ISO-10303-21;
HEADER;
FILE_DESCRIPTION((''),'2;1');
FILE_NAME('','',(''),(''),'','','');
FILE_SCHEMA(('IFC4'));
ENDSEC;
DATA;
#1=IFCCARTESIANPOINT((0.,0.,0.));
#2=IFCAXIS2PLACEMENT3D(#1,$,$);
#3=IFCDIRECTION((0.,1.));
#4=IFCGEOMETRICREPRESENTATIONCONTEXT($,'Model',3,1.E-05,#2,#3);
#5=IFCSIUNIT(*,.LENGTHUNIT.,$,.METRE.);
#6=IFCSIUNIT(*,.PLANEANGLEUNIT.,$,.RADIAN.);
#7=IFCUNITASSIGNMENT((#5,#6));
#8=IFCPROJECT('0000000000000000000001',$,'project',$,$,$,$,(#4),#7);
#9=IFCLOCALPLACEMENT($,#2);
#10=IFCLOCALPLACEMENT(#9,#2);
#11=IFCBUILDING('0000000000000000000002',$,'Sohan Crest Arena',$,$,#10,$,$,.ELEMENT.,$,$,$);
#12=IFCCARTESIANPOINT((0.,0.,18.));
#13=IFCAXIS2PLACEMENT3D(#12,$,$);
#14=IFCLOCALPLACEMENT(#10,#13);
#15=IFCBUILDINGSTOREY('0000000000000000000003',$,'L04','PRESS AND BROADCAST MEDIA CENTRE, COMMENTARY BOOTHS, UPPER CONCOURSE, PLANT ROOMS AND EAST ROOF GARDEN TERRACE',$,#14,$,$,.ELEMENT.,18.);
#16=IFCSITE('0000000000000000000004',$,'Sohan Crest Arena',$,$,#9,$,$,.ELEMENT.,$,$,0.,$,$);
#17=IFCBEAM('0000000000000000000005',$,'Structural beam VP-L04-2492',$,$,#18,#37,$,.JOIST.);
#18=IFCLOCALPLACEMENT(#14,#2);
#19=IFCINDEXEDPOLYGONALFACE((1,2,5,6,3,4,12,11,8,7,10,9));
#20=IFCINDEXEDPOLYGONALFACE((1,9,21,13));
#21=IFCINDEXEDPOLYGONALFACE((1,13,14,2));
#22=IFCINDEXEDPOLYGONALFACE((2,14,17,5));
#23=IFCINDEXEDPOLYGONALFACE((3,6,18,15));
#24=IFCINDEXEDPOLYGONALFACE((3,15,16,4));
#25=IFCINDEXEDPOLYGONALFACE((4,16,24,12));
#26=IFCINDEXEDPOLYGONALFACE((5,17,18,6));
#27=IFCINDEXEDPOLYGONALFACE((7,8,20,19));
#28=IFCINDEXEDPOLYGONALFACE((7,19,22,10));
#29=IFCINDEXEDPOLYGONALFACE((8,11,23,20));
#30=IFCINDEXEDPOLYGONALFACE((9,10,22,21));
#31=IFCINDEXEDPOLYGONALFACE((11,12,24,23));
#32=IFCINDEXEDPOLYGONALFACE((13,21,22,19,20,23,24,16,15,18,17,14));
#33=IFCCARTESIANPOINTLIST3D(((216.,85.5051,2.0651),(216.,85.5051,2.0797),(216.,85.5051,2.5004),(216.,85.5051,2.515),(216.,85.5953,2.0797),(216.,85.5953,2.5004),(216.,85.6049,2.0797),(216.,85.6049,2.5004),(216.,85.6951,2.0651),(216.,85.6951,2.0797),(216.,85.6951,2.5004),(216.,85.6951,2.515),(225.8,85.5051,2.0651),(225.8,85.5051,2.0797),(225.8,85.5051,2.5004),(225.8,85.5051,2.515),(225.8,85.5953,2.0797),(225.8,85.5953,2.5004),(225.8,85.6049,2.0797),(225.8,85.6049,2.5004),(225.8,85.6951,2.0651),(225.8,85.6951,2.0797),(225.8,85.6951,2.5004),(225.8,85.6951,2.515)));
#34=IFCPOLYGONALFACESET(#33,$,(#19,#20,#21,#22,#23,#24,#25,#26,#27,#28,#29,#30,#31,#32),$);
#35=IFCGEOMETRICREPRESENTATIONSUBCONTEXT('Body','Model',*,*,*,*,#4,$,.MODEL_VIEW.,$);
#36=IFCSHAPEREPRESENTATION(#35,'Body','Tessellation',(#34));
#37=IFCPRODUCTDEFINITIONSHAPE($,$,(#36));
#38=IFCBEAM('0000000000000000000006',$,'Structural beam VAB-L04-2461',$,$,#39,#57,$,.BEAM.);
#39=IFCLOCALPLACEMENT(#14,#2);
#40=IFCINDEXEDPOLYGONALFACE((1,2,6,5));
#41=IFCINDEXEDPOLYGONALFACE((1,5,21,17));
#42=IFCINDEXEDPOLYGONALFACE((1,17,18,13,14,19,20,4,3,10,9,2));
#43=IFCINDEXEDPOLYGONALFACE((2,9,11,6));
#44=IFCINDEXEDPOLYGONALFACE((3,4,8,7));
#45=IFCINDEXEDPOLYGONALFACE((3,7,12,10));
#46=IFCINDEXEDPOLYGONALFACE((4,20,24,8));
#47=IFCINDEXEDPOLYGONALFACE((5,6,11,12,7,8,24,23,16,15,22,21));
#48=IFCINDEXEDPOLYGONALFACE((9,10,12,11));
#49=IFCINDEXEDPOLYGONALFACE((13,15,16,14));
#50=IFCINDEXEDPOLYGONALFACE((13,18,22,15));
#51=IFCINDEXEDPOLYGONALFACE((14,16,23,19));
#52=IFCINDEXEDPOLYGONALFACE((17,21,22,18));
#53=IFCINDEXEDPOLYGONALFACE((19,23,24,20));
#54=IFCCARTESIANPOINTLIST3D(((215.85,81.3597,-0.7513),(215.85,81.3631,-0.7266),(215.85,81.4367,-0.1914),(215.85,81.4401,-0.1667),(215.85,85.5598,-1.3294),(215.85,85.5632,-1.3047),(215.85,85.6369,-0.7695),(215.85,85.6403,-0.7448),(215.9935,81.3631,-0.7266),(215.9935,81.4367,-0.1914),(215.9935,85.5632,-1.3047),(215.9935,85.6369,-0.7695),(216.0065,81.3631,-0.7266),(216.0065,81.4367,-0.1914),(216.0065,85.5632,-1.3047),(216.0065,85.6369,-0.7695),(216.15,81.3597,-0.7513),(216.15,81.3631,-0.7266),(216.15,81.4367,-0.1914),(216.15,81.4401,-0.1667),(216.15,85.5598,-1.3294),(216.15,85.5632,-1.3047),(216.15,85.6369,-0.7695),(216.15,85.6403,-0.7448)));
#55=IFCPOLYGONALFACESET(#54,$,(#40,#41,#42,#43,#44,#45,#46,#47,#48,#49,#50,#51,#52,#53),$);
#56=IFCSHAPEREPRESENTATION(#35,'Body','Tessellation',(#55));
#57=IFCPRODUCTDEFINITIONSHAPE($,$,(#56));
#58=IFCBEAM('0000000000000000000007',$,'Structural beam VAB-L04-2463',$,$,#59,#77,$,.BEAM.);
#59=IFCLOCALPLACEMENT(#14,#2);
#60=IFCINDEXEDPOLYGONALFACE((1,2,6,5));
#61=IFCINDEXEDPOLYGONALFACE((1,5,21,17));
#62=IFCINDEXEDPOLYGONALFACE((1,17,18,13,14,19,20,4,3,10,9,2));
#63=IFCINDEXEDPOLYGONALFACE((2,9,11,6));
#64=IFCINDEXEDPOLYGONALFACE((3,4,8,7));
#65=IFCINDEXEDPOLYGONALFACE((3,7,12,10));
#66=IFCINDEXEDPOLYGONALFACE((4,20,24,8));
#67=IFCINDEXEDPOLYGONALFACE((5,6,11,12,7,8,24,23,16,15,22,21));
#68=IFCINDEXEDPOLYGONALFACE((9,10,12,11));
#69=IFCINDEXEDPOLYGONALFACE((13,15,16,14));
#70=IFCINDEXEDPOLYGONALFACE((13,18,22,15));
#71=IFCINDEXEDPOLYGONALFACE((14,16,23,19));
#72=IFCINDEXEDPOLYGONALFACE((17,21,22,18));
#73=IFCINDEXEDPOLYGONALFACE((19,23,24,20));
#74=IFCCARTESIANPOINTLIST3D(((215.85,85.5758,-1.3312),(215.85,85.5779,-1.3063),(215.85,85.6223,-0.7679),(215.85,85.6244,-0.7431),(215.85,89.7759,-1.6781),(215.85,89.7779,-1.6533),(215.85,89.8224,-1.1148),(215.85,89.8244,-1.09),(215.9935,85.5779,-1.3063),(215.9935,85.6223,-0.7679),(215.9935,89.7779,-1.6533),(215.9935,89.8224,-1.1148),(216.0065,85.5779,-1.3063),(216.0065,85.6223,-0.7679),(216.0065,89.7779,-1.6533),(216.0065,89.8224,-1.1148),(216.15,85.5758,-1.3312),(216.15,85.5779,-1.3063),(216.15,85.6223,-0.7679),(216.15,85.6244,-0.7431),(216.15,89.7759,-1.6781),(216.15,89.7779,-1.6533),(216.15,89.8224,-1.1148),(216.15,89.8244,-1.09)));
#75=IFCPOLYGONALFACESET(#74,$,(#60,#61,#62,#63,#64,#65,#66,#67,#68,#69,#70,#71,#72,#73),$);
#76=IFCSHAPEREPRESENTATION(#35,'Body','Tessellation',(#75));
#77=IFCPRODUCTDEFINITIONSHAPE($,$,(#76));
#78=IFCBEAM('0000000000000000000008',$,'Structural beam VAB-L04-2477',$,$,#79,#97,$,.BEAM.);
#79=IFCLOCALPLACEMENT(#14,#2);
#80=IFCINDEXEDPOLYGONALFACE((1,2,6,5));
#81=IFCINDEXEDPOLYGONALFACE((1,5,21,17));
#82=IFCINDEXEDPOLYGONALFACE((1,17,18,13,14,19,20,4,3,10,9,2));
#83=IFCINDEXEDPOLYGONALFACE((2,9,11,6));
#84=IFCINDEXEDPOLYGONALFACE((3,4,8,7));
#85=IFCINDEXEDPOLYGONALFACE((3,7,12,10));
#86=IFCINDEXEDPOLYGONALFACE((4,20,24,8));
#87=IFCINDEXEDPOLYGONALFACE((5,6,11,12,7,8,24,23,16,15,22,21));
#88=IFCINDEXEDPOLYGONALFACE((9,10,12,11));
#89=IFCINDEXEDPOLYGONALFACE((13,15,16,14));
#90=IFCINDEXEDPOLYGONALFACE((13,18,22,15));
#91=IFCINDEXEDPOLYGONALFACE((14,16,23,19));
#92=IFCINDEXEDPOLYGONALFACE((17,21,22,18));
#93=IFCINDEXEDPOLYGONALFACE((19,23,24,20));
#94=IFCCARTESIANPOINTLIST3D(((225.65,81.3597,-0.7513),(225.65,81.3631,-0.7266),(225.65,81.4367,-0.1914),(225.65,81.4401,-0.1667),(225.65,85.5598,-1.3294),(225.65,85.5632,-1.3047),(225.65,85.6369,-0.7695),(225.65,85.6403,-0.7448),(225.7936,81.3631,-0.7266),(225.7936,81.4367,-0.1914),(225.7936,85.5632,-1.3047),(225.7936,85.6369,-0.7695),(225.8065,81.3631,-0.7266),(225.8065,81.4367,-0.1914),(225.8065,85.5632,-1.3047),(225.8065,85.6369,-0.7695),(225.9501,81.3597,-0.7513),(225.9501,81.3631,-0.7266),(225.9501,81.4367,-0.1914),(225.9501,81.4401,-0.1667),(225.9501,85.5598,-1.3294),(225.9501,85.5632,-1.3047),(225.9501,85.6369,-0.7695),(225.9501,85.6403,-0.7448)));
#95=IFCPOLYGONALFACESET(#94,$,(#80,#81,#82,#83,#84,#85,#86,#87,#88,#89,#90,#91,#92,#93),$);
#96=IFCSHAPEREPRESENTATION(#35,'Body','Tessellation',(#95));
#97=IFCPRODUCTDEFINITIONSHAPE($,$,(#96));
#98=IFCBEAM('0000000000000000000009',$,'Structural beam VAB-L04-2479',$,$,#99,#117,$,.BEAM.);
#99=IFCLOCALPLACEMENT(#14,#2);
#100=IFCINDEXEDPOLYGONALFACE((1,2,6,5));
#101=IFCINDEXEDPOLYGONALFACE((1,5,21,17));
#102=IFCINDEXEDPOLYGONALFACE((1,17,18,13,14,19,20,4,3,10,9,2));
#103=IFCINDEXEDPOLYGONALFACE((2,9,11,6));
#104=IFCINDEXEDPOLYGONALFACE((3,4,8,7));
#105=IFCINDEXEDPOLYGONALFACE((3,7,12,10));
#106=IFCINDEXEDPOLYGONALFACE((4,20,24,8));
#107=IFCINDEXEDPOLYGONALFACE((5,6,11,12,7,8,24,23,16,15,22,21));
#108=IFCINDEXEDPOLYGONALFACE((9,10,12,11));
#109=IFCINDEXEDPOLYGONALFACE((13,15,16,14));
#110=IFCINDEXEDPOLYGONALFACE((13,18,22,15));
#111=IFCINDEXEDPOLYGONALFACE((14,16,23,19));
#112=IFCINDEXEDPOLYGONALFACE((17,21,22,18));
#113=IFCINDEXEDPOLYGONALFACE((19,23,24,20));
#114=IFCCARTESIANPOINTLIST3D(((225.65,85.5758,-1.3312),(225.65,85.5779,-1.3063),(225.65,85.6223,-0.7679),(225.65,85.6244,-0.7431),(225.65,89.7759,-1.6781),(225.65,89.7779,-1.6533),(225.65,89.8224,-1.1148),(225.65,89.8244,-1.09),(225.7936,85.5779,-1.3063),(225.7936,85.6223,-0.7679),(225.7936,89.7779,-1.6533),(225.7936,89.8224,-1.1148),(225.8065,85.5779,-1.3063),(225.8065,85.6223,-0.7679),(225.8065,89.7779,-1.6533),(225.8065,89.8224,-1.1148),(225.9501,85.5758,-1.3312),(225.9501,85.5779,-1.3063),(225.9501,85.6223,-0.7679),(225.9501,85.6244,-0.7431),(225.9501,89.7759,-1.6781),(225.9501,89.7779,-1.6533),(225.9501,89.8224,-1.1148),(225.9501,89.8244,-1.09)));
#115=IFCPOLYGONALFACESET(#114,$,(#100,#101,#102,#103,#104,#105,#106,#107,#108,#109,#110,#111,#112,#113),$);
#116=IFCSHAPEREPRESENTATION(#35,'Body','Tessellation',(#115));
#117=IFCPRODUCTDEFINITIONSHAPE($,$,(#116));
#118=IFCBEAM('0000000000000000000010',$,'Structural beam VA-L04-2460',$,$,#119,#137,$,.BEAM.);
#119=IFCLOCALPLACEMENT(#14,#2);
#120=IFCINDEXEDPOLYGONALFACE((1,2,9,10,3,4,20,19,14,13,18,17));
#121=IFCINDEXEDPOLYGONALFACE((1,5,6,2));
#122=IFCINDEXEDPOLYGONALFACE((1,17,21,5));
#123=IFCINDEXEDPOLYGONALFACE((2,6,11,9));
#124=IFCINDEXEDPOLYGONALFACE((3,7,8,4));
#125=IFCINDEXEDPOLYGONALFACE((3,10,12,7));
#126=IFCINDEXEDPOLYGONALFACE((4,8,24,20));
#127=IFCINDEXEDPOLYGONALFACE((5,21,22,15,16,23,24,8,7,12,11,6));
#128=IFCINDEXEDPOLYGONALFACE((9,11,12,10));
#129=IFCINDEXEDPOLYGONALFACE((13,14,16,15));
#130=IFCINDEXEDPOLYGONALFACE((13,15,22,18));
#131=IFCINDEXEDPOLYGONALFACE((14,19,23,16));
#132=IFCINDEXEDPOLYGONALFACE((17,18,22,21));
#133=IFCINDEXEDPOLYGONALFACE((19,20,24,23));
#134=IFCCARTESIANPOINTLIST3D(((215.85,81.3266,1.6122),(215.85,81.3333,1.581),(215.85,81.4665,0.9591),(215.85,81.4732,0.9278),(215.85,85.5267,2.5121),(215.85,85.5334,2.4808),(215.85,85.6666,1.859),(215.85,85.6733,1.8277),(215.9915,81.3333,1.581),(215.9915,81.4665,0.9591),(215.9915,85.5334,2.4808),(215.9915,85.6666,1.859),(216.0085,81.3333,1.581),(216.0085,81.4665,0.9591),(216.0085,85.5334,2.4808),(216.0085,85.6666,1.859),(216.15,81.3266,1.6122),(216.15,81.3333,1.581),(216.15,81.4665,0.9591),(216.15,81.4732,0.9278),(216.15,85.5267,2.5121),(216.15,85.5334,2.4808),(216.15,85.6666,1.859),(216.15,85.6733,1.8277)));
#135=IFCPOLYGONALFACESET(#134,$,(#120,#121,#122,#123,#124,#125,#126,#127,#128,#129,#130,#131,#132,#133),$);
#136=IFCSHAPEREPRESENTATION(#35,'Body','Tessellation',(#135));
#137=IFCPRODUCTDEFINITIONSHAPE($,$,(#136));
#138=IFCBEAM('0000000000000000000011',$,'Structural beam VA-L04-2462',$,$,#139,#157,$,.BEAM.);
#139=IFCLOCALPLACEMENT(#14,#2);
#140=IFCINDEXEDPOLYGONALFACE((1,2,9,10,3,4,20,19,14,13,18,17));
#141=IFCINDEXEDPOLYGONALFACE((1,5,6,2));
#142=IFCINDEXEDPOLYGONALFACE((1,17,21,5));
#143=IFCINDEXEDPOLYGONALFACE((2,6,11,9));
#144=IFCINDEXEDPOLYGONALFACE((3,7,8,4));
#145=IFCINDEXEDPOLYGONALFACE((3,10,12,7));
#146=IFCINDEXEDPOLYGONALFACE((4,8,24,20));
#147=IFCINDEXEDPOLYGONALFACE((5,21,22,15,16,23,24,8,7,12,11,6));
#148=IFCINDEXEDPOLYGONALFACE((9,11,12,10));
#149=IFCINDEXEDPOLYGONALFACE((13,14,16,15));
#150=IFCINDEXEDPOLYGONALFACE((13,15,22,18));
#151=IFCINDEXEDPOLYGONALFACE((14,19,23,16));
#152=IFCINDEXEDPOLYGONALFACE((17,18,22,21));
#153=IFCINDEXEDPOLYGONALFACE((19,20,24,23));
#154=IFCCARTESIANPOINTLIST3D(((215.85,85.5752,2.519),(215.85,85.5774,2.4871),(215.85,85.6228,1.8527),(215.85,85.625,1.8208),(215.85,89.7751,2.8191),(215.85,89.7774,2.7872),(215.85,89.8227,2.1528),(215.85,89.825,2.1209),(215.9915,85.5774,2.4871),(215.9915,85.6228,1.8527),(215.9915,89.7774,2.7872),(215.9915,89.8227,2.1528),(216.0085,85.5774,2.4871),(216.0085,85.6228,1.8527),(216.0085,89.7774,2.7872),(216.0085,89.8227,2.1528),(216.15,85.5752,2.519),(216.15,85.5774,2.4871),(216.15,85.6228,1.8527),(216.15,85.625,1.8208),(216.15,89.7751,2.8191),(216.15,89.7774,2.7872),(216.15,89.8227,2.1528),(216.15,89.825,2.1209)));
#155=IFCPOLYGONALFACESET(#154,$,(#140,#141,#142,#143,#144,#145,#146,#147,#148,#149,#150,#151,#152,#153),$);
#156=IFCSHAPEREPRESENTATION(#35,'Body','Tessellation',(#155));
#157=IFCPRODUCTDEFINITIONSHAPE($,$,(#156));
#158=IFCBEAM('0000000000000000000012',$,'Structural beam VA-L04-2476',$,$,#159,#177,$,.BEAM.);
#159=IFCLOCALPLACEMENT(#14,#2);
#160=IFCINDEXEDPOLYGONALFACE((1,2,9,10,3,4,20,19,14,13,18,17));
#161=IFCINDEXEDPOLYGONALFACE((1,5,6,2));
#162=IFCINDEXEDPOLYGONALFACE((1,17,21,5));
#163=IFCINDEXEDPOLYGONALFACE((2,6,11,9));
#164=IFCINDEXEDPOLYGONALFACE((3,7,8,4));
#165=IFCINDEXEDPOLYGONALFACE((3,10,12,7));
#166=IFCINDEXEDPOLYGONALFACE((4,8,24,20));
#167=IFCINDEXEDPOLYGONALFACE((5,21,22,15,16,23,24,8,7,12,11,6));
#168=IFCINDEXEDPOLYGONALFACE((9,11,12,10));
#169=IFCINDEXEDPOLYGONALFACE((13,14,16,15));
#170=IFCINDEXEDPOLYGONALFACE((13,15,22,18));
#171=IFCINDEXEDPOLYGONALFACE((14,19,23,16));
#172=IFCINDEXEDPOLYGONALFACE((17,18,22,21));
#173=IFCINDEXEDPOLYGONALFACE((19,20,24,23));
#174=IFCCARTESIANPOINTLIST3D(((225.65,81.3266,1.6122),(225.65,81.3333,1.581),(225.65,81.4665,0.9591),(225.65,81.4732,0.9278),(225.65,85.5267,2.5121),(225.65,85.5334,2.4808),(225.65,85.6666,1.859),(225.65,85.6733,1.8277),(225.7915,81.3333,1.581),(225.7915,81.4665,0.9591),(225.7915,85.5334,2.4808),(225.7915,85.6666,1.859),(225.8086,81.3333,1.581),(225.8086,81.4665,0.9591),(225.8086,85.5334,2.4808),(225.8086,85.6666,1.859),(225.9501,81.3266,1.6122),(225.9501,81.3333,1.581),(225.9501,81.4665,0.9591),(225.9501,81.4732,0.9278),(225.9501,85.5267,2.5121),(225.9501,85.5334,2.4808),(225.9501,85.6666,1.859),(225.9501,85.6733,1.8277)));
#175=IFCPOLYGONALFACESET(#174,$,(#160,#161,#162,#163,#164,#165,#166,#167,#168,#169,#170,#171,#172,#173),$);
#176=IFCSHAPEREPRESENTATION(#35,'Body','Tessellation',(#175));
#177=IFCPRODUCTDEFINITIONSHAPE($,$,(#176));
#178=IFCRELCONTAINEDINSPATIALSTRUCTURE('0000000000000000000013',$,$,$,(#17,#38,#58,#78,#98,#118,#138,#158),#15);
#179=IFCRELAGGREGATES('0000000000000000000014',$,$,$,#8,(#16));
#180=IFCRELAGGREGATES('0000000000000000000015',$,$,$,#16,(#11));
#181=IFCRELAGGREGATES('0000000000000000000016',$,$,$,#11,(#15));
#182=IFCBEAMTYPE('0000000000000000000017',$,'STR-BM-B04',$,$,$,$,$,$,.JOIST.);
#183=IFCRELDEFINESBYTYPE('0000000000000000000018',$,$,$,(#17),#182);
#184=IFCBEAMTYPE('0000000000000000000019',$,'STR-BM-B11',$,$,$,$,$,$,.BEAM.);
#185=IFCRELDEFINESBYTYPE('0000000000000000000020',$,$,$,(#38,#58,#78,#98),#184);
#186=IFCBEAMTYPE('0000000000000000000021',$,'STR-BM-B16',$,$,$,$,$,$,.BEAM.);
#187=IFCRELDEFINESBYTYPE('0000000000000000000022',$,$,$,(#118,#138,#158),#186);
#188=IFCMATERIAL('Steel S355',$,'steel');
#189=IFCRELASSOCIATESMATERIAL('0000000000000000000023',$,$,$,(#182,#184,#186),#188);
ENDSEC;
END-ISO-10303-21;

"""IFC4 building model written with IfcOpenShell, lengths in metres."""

from ifc_helpers import new_model, si_unit, direction, frame, origin, origin_2d, place, context, subcontext, project, spatial, i_section, extrude, material, material_profile, profile_set, type_object, element, save


model = new_model("IFC4")

# Units and contexts
model_context = context("Model", 3, precision=1e-05, world=origin(), true_north=direction((0.0, 1.0)))
body_context = subcontext(model_context, "Body", "Model", "MODEL_VIEW")
ifc_project = project(units=[si_unit("LENGTHUNIT", "METRE"), si_unit("PLANEANGLEUNIT", "RADIAN")], contexts=[model_context])

# Site, building, storey
site_placement = place(None, origin())
site = spatial("IfcSite", under=ifc_project, at=site_placement, Name="Sohan Crest Arena", CompositionType="ELEMENT", RefElevation=0.0)
building_placement = place(site_placement, origin())
building = spatial("IfcBuilding", under=site, at=building_placement, Name="Sohan Crest Arena", CompositionType="ELEMENT")
storey_placement = place(building_placement, frame((0.0, 0.0, 18.0)))
storey = spatial("IfcBuildingStorey", under=building, at=storey_placement, Name="L04", Description="PRESS AND BROADCAST MEDIA CENTRE, COMMENTARY BOOTHS, UPPER CONCOURSE, PLANT ROOMS AND EAST ROOF GARDEN TERRACE", CompositionType="ELEMENT", Elevation=18.0)

# Beams
ifc_material_1 = material(Name="Steel S355", Category="steel")
ifc_material_profile_1 = material_profile(ifc_material_1, i_section(OverallWidth=0.1899, OverallDepth=0.45, WebThickness=0.0095, FlangeThickness=0.0146, at=origin_2d()), Name="IPE 450")
ifc_profile_set_1 = profile_set([ifc_material_profile_1], Name="Steel S355")
beam_type_1 = type_object("IfcBeamType", Name="STR-BM-B04", PredefinedType="JOIST", material=ifc_profile_set_1)
beam_1_placement = place(storey_placement, frame((216.0, 85.6001, 2.29), z_axis=(1.0, 0.0, 0.0), x_axis=(0.0, 1.0, 0.0)))
element("IfcBeam", 1, at=beam_1_placement, inside=storey, type_object=beam_type_1, Name="Structural beam VP-L04-2492", PredefinedType="JOIST", context=body_context, shape_type="SweptSolid", body=[
    extrude(i_section(OverallWidth=0.1899, OverallDepth=0.45, WebThickness=0.0095, FlangeThickness=0.0146, at=origin_2d()), origin(), (0.0, 0.0, 1.0), 9.8),
])
ifc_material_profile_2 = material_profile(ifc_material_1, i_section(OverallWidth=0.3, OverallDepth=0.5901, WebThickness=0.0129, FlangeThickness=0.0249, at=origin_2d()), Name="HEA 600")
ifc_profile_set_2 = profile_set([ifc_material_profile_2], Name="Steel S355")
beam_type_2 = type_object("IfcBeamType", Name="STR-BM-B11", PredefinedType="BEAM", material=ifc_profile_set_2)
beam_2_placement = place(storey_placement, frame((216.0, 81.3999, -0.459), z_axis=(0.0, 0.99066, -0.136357), x_axis=(-1.0, 0.0, 0.0)))
element("IfcBeam", 2, at=beam_2_placement, inside=storey, type_object=beam_type_2, Name="Structural beam VAB-L04-2461", PredefinedType="BEAM", context=body_context, shape_type="SweptSolid", body=[
    extrude(i_section(OverallWidth=0.3, OverallDepth=0.5901, WebThickness=0.0129, FlangeThickness=0.0249, at=origin_2d()), origin(), (0.0, 0.0, 1.0), 4.2397),
])
beam_3_placement = place(storey_placement, frame((216.0, 85.6001, -1.0371), z_axis=(0.0, 0.996606, -0.082322), x_axis=(-1.0, 0.0, 0.0)))
element("IfcBeam", 3, at=beam_3_placement, inside=storey, type_object=beam_type_2, Name="Structural beam VAB-L04-2463", PredefinedType="BEAM", context=body_context, shape_type="SweptSolid", body=[
    extrude(i_section(OverallWidth=0.3, OverallDepth=0.5901, WebThickness=0.0129, FlangeThickness=0.0249, at=origin_2d()), origin(), (0.0, 0.0, 1.0), 4.2144),
])
beam_4_placement = place(storey_placement, frame((225.8, 81.3999, -0.459), z_axis=(0.0, 0.99066, -0.136357), x_axis=(-1.0, 0.0, 0.0)))
element("IfcBeam", 4, at=beam_4_placement, inside=storey, type_object=beam_type_2, Name="Structural beam VAB-L04-2477", PredefinedType="BEAM", context=body_context, shape_type="SweptSolid", body=[
    extrude(i_section(OverallWidth=0.3, OverallDepth=0.5901, WebThickness=0.0129, FlangeThickness=0.0249, at=origin_2d()), origin(), (0.0, 0.0, 1.0), 4.2397),
])
beam_5_placement = place(storey_placement, frame((225.8, 85.6001, -1.0371), z_axis=(0.0, 0.996606, -0.082322), x_axis=(-1.0, 0.0, 0.0)))
element("IfcBeam", 5, at=beam_5_placement, inside=storey, type_object=beam_type_2, Name="Structural beam VAB-L04-2479", PredefinedType="BEAM", context=body_context, shape_type="SweptSolid", body=[
    extrude(i_section(OverallWidth=0.3, OverallDepth=0.5901, WebThickness=0.0129, FlangeThickness=0.0249, at=origin_2d()), origin(), (0.0, 0.0, 1.0), 4.2144),
])
ifc_material_profile_3 = material_profile(ifc_material_1, i_section(OverallWidth=0.3, OverallDepth=0.7, WebThickness=0.0171, FlangeThickness=0.032, at=origin_2d()), Name="HEB 700")
ifc_profile_set_3 = profile_set([ifc_material_profile_3], Name="Steel S355")
beam_type_3 = type_object("IfcBeamType", Name="STR-BM-B16", PredefinedType="BEAM", material=ifc_profile_set_3)
beam_6_placement = place(storey_placement, frame((216.0, 81.3999, 1.27), z_axis=(0.0, 0.977809, 0.209498), x_axis=(-1.0, 0.0, 0.0)))
element("IfcBeam", 6, at=beam_6_placement, inside=storey, type_object=beam_type_3, Name="Structural beam VA-L04-2460", PredefinedType="BEAM", context=body_context, shape_type="SweptSolid", body=[
    extrude(i_section(OverallWidth=0.3, OverallDepth=0.7, WebThickness=0.0171, FlangeThickness=0.032, at=origin_2d()), origin(), (0.0, 0.0, 1.0), 4.2954),
])
beam_7_placement = place(storey_placement, frame((216.0, 85.6001, 2.1699), z_axis=(0.0, 0.997458, 0.071259), x_axis=(-1.0, 0.0, 0.0)))
element("IfcBeam", 7, at=beam_7_placement, inside=storey, type_object=beam_type_3, Name="Structural beam VA-L04-2462", PredefinedType="BEAM", context=body_context, shape_type="SweptSolid", body=[
    extrude(i_section(OverallWidth=0.3, OverallDepth=0.7, WebThickness=0.0171, FlangeThickness=0.032, at=origin_2d()), origin(), (0.0, 0.0, 1.0), 4.2107),
])
beam_8_placement = place(storey_placement, frame((225.8, 81.3999, 1.27), z_axis=(0.0, 0.977809, 0.209498), x_axis=(-1.0, 0.0, 0.0)))
element("IfcBeam", 8, at=beam_8_placement, inside=storey, type_object=beam_type_3, Name="Structural beam VA-L04-2476", PredefinedType="BEAM", context=body_context, shape_type="SweptSolid", body=[
    extrude(i_section(OverallWidth=0.3, OverallDepth=0.7, WebThickness=0.0171, FlangeThickness=0.032, at=origin_2d()), origin(), (0.0, 0.0, 1.0), 4.2954),
])

save(model, "model.ifc")
